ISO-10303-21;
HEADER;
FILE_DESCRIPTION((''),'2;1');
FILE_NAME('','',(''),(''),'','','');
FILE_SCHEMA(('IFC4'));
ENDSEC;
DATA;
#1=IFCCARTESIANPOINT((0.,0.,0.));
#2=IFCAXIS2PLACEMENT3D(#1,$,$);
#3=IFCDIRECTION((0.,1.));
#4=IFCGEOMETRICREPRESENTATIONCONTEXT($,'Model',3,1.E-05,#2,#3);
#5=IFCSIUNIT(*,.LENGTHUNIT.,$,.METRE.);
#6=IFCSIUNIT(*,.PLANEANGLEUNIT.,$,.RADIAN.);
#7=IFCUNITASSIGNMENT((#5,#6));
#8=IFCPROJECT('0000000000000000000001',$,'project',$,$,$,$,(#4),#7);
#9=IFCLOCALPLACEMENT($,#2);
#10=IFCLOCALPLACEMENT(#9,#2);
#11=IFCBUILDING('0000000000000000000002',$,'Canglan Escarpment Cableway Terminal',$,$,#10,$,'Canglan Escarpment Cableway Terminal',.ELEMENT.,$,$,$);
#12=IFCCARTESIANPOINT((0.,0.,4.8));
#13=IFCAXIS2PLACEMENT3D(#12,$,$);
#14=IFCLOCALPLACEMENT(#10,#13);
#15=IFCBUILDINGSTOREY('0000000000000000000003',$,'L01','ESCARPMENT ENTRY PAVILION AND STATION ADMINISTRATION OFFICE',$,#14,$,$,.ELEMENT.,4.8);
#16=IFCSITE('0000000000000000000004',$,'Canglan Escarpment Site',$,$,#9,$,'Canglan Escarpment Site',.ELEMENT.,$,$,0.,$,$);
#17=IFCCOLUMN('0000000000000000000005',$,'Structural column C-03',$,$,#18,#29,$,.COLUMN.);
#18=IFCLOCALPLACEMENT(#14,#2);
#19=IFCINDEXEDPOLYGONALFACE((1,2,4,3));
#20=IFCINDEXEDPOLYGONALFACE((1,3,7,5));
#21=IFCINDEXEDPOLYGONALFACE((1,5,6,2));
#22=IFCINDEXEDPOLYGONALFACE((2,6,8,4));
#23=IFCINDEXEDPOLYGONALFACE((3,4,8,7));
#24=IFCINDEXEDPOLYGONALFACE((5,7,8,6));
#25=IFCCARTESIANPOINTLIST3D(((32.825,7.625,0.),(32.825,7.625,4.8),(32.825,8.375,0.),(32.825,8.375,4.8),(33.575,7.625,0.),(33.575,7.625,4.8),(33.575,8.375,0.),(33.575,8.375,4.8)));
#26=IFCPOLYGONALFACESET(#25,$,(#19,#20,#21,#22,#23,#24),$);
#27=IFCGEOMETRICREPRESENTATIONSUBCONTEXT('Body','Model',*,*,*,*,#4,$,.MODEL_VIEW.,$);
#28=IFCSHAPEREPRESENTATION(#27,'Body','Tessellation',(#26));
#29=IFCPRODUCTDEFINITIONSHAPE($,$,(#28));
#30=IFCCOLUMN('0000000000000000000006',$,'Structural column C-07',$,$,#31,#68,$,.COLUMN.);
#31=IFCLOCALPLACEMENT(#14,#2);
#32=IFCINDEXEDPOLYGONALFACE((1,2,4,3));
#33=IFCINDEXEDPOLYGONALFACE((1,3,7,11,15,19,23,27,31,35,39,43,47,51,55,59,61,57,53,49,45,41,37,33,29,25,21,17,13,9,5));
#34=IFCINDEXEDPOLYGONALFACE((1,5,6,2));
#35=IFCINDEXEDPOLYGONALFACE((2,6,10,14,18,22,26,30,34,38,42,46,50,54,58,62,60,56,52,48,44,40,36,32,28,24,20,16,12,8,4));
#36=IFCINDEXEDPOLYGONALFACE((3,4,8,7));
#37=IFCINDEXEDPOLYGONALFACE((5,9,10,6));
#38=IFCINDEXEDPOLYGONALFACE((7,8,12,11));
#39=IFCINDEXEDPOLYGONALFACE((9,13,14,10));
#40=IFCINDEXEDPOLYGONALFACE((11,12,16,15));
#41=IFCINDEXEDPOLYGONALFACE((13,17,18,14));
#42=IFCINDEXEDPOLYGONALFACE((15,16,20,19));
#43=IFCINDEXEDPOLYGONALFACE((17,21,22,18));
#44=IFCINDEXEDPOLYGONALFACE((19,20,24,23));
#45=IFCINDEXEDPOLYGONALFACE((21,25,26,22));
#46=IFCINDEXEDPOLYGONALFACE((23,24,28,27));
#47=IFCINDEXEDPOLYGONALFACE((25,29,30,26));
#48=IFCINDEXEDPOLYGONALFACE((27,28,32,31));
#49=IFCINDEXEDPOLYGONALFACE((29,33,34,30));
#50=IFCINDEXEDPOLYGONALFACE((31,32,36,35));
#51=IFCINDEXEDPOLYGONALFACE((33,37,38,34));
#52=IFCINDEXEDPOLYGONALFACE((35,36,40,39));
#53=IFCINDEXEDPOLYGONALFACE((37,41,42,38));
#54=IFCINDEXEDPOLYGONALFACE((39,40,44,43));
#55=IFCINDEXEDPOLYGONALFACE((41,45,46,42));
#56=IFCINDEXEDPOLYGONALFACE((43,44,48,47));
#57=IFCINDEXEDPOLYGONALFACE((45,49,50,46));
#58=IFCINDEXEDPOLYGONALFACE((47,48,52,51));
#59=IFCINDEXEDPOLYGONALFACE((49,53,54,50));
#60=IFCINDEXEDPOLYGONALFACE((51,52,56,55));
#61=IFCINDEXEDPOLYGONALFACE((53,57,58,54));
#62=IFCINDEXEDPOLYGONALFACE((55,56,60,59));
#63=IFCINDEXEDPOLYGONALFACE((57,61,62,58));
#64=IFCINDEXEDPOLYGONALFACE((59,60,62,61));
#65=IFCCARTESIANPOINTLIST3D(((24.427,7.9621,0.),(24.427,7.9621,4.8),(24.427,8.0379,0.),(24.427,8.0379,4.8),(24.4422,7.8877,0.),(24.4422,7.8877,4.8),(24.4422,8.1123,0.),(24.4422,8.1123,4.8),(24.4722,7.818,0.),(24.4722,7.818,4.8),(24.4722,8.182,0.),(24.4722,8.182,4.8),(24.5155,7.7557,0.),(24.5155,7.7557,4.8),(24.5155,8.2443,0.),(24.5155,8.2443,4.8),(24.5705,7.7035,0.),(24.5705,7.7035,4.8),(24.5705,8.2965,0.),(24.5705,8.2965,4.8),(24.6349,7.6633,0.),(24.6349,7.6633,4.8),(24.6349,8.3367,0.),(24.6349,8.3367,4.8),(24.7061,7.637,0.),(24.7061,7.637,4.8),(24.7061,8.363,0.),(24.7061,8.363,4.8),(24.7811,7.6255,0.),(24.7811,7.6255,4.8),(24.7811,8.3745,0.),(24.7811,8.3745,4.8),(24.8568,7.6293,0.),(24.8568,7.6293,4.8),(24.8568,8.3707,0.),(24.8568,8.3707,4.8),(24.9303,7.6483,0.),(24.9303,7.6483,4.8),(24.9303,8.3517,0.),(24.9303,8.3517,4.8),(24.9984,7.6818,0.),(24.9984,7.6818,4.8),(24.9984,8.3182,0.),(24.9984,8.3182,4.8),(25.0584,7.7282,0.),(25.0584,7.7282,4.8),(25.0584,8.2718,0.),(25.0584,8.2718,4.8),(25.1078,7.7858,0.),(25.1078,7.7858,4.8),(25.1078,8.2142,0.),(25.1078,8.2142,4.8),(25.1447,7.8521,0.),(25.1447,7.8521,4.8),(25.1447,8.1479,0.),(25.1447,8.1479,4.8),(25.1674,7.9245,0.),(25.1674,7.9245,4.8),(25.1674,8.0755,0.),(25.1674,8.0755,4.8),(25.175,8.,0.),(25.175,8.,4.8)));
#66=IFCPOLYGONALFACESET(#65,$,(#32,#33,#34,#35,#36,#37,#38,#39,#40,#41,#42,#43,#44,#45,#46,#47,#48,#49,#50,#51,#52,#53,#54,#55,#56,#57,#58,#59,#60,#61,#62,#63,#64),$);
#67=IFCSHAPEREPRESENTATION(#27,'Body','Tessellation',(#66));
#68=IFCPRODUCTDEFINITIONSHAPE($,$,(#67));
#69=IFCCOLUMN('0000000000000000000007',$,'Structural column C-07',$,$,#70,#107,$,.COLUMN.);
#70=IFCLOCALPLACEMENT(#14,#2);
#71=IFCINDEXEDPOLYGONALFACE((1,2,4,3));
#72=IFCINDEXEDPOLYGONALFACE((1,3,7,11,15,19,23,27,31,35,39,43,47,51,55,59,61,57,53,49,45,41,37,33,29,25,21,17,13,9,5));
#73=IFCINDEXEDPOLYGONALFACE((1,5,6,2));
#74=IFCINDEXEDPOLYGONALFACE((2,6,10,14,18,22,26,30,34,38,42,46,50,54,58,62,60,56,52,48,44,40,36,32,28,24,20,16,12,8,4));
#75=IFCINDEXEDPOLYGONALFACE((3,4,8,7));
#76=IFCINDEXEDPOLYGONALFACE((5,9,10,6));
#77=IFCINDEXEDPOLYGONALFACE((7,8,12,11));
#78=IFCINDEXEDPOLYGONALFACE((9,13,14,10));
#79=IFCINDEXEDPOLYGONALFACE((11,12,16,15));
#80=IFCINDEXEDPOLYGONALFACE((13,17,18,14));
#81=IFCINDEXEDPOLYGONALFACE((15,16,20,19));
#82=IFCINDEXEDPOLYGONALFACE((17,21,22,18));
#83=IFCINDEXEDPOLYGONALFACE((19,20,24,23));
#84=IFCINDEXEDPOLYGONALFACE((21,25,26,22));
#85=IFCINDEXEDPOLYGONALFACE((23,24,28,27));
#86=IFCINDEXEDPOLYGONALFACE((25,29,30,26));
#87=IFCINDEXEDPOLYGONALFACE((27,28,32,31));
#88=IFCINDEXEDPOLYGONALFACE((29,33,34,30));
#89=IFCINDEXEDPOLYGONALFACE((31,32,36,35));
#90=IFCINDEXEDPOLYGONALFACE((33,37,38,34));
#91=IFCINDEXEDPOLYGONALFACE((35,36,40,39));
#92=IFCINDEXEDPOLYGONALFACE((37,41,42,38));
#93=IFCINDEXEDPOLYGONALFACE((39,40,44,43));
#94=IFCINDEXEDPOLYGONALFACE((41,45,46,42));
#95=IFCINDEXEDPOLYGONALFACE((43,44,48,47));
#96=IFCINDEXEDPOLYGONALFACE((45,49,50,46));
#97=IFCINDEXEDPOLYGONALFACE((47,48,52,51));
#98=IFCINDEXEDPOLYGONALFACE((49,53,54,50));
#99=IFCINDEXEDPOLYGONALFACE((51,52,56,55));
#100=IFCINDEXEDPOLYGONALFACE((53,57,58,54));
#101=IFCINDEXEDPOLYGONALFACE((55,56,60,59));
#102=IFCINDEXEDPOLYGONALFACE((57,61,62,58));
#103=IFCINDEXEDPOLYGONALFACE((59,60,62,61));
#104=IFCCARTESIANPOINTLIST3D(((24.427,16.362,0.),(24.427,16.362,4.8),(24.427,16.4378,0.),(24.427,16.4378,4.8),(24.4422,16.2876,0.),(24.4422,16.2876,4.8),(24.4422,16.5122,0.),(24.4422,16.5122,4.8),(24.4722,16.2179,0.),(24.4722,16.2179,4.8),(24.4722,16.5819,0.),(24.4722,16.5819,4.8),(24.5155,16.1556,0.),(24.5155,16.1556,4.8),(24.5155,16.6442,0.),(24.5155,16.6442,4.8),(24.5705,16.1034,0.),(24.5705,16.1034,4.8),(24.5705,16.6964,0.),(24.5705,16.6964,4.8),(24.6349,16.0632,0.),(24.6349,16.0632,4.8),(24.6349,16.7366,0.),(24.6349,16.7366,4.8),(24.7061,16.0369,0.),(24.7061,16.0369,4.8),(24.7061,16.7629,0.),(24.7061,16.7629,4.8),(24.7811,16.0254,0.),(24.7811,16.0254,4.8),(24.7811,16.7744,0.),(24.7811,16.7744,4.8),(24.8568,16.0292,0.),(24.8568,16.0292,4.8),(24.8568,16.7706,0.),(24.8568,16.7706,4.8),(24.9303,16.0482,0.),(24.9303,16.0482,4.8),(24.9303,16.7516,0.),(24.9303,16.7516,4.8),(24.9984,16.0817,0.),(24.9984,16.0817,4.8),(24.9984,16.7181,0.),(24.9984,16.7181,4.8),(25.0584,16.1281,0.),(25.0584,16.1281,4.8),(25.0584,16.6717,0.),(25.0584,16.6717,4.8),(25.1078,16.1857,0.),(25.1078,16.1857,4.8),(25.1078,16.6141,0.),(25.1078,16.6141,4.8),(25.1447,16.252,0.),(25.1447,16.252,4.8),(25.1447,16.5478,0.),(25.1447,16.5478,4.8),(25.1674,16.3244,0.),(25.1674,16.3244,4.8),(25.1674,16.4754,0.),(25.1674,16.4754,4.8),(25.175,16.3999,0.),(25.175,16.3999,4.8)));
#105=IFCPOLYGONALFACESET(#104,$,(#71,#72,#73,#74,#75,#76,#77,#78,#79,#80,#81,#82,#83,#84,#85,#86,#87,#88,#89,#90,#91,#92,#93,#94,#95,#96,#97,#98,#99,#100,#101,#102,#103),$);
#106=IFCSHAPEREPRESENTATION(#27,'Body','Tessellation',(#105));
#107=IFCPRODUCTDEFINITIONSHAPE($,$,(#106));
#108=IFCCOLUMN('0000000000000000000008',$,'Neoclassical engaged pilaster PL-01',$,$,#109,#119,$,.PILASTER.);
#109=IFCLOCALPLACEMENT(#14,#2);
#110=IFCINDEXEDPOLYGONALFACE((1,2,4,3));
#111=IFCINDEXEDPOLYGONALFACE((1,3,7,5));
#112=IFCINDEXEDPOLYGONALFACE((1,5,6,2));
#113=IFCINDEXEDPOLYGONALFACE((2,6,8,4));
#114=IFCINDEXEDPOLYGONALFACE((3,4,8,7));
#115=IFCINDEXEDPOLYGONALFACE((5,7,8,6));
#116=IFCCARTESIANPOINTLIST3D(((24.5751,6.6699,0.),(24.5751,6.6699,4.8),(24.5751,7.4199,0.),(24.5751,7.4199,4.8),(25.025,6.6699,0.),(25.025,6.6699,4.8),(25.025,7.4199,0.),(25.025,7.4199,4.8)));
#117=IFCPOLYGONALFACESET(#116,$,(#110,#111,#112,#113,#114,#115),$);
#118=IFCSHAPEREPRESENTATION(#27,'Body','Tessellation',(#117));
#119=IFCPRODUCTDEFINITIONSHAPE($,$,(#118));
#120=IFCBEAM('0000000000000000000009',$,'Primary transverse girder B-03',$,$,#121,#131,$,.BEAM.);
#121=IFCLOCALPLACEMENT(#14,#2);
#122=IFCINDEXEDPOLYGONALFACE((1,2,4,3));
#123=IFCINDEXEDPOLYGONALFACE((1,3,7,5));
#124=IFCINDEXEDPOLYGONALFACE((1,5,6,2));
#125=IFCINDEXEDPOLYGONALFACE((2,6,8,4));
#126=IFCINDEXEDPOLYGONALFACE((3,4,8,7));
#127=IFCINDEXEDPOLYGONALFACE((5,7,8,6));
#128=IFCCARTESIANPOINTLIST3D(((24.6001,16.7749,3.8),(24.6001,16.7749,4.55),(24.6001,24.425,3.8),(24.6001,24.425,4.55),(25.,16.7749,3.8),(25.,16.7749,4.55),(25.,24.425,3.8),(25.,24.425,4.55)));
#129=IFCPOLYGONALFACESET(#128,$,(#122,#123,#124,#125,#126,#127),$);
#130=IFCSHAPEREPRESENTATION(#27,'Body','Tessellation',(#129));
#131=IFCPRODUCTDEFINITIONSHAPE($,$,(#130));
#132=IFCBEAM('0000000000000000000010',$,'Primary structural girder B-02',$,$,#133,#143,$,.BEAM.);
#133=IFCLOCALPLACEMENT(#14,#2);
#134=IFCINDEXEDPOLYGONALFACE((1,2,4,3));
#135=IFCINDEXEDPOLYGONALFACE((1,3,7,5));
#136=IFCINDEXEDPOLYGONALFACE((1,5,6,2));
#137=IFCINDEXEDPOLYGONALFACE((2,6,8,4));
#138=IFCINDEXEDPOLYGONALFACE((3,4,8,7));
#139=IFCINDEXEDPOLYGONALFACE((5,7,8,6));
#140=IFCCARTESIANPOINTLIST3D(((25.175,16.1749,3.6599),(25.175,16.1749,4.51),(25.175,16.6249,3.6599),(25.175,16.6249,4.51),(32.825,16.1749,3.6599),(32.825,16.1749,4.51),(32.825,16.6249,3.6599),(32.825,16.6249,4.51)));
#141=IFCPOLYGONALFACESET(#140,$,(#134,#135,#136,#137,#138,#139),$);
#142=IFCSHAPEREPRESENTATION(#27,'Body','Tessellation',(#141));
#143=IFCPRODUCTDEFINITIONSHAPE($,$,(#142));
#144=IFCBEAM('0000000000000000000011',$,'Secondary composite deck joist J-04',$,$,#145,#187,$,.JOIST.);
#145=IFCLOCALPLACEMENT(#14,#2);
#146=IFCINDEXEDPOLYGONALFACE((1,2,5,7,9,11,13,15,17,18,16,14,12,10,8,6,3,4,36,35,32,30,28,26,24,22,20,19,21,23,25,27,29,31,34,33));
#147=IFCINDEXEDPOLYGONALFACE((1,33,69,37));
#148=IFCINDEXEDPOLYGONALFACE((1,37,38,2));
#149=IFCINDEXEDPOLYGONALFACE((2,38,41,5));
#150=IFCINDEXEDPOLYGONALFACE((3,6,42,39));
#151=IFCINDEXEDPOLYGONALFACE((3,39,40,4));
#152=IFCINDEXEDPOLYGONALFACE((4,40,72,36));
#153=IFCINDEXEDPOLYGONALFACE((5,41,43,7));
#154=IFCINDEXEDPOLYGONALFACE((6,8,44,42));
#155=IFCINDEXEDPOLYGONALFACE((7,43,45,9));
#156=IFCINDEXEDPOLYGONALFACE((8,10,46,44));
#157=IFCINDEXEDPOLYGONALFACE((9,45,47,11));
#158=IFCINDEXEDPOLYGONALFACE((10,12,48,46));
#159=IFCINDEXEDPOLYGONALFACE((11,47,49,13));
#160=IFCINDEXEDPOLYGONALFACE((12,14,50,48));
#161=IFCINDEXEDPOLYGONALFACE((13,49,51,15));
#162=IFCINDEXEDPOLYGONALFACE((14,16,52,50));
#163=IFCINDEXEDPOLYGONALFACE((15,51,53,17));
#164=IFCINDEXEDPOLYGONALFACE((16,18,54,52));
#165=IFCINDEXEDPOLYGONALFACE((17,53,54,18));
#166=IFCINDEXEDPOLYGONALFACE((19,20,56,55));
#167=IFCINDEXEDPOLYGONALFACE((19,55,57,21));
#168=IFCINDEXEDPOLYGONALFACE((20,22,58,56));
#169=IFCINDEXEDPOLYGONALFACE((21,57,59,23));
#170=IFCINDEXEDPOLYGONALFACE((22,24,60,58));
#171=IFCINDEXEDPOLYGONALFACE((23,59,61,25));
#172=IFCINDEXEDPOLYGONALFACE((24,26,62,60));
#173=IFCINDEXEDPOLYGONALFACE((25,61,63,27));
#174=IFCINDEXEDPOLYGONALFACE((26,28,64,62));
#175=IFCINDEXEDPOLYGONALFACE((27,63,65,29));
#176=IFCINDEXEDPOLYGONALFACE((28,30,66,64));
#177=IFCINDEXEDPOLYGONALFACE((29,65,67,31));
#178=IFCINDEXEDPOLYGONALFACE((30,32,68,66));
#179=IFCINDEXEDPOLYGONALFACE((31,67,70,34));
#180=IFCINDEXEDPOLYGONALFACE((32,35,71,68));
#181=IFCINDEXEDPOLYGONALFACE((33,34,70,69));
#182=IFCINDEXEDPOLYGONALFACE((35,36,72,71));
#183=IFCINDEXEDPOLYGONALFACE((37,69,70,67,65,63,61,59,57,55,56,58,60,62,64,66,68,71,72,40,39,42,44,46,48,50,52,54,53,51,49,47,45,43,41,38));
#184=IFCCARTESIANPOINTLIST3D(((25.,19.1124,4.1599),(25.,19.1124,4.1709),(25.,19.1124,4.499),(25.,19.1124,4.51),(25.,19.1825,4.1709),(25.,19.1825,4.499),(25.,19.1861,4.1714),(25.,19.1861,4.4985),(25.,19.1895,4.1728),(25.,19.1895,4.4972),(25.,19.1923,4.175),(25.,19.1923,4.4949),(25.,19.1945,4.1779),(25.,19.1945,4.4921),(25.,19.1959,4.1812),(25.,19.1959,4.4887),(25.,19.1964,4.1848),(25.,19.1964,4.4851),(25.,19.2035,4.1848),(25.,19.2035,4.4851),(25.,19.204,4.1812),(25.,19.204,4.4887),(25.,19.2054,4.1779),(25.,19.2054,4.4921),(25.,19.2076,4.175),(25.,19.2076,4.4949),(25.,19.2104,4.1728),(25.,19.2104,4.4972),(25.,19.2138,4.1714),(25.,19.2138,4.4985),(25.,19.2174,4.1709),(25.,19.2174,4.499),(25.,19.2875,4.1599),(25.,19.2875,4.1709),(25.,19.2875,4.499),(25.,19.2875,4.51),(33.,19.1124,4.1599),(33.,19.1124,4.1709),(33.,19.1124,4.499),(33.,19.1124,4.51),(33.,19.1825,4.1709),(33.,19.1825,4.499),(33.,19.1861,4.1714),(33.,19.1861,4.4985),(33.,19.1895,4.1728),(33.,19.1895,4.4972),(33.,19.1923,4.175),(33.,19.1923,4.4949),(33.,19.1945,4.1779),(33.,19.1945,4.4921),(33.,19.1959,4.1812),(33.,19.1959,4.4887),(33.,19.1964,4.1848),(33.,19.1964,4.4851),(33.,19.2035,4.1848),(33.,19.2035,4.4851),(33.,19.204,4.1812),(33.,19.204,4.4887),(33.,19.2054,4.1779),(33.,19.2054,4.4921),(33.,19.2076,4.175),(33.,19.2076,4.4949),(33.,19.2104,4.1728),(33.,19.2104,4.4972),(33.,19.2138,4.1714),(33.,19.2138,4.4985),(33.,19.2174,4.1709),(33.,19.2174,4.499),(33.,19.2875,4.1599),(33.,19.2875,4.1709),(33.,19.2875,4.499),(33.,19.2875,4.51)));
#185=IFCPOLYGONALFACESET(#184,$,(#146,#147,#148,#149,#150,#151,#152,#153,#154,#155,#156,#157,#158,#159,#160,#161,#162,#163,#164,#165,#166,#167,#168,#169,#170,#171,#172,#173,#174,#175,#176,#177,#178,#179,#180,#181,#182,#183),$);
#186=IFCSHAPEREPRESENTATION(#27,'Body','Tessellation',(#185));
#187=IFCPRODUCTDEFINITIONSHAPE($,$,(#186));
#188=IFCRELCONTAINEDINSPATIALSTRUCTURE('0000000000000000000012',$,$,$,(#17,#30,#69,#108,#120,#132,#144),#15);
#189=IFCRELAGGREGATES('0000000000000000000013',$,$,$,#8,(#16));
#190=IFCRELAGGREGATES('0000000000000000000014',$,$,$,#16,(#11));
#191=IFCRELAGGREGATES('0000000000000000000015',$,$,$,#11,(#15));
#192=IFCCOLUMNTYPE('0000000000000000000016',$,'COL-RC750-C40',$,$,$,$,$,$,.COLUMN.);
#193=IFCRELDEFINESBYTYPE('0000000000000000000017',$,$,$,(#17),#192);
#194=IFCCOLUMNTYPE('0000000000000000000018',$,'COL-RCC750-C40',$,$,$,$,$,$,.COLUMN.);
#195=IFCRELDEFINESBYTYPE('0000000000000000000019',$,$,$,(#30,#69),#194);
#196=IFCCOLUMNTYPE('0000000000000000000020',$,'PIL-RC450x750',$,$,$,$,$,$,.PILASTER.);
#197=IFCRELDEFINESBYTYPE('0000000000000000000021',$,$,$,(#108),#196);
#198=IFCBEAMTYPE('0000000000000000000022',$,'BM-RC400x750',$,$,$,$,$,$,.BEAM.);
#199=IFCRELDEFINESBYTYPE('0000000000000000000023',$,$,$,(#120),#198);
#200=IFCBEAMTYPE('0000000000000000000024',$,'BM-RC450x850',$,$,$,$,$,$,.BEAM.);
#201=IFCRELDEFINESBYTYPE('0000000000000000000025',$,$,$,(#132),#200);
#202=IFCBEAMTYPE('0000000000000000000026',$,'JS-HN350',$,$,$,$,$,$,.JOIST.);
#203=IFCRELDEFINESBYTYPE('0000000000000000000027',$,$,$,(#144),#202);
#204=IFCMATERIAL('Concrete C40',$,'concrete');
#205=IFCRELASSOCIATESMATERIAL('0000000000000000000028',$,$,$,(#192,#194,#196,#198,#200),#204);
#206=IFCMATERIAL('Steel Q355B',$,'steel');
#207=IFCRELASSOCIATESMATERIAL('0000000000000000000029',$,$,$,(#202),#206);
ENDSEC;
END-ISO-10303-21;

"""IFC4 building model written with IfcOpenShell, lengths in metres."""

from ifc_helpers import new_model, si_unit, direction, frame, origin, origin_2d, place, context, subcontext, project, spatial, rectangle, circle, i_section, extrude, material, material_profile, profile_set, type_object, element, save


model = new_model("IFC4")

# Units and contexts
model_context = context("Model", 3, precision=1e-05, world=origin(), true_north=direction((0.0, 1.0)))
body_context = subcontext(model_context, "Body", "Model", "MODEL_VIEW")
ifc_project = project(units=[si_unit("LENGTHUNIT", "METRE"), si_unit("PLANEANGLEUNIT", "RADIAN")], contexts=[model_context])

# Site, building, storey
site_placement = place(None, origin())
site = spatial("IfcSite", under=ifc_project, at=site_placement, Name="Canglan Escarpment Site", LongName="Canglan Escarpment Site", CompositionType="ELEMENT", RefElevation=0.0)
building_placement = place(site_placement, origin())
building = spatial("IfcBuilding", under=site, at=building_placement, Name="Canglan Escarpment Cableway Terminal", LongName="Canglan Escarpment Cableway Terminal", CompositionType="ELEMENT")
storey_placement = place(building_placement, frame((0.0, 0.0, 4.8)))
storey = spatial("IfcBuildingStorey", under=building, at=storey_placement, Name="L01", Description="ESCARPMENT ENTRY PAVILION AND STATION ADMINISTRATION OFFICE", CompositionType="ELEMENT", Elevation=4.8)

# Columns
ifc_material_1 = material(Name="Concrete C40", Category="concrete")
ifc_material_profile_1 = material_profile(ifc_material_1, rectangle(XDim=0.75, YDim=0.75, at=origin_2d()), Name="RC 750x750")
ifc_profile_set_1 = profile_set([ifc_material_profile_1], Name="Concrete C40")
column_type_1 = type_object("IfcColumnType", Name="COL-RC750-C40", PredefinedType="COLUMN", material=ifc_profile_set_1)
column_1_placement = place(storey_placement, frame((33.2, 8.0, 0.0), z_axis=(0.0, 0.0, 1.0), x_axis=(1.0, 0.0, 0.0)))
element("IfcColumn", 1, at=column_1_placement, inside=storey, type_object=column_type_1, Name="Structural column C-03", PredefinedType="COLUMN", context=body_context, shape_type="SweptSolid", body=[
    extrude(rectangle(XDim=0.75, YDim=0.75, at=origin_2d()), origin(), (0.0, 0.0, 1.0), 4.8),
])
ifc_material_profile_2 = material_profile(ifc_material_1, circle(Radius=0.375, at=origin_2d()), Name="RC-CIRC D750")
ifc_profile_set_2 = profile_set([ifc_material_profile_2], Name="Concrete C40")
column_type_2 = type_object("IfcColumnType", Name="COL-RCC750-C40", PredefinedType="COLUMN", material=ifc_profile_set_2)
for number, where, z_axis, x_axis, name in (
    (2, (24.8, 8.0, 0.0), (0.0, 0.0, 1.0), (1.0, 0.0, 0.0), "Structural column C-07"),
    (3, (24.8, 16.3999, 0.0), (0.0, 0.0, 1.0), (1.0, 0.0, 0.0), "Structural column C-07"),
):
    element("IfcColumn", number, at=place(storey_placement, frame(where, z_axis=z_axis, x_axis=x_axis)), inside=storey, type_object=column_type_2, Name=name, PredefinedType="COLUMN", context=body_context, shape_type="SweptSolid", body=[
        extrude(circle(Radius=0.375, at=origin_2d()), origin(), (0.0, 0.0, 1.0), 4.8),
    ])
ifc_material_profile_3 = material_profile(ifc_material_1, rectangle(XDim=0.45, YDim=0.75, at=origin_2d()), Name="RC-PIL 450x750")
ifc_profile_set_3 = profile_set([ifc_material_profile_3], Name="Concrete C40")
column_type_3 = type_object("IfcColumnType", Name="PIL-RC450x750", PredefinedType="PILASTER", material=ifc_profile_set_3)
column_2_placement = place(storey_placement, frame((24.8, 7.0449, 0.0), z_axis=(0.0, 0.0, 1.0), x_axis=(1.0, 0.0, 0.0)))
element("IfcColumn", 4, at=column_2_placement, inside=storey, type_object=column_type_3, Name="Neoclassical engaged pilaster PL-01", PredefinedType="PILASTER", context=body_context, shape_type="SweptSolid", body=[
    extrude(rectangle(XDim=0.45, YDim=0.75, at=origin_2d()), origin(), (0.0, 0.0, 1.0), 4.8),
])

# Beams
ifc_material_profile_4 = material_profile(ifc_material_1, rectangle(XDim=0.3999, YDim=0.75, at=origin_2d()), Name="RC 400x750")
ifc_profile_set_4 = profile_set([ifc_material_profile_4], Name="Concrete C40")
beam_type_1 = type_object("IfcBeamType", Name="BM-RC400x750", PredefinedType="BEAM", material=ifc_profile_set_4)
beam_1_placement = place(storey_placement, frame((24.8, 16.7749, 4.175), z_axis=(0.0, 1.0, 0.0), x_axis=(-1.0, 0.0, 0.0)))
element("IfcBeam", 5, at=beam_1_placement, inside=storey, type_object=beam_type_1, Name="Primary transverse girder B-03", PredefinedType="BEAM", context=body_context, shape_type="SweptSolid", body=[
    extrude(rectangle(XDim=0.3999, YDim=0.75, at=origin_2d()), origin(), (0.0, 0.0, 1.0), 7.6501),
])
ifc_material_profile_5 = material_profile(ifc_material_1, rectangle(XDim=0.45, YDim=0.8501, at=origin_2d()), Name="RC 450x850")
ifc_profile_set_5 = profile_set([ifc_material_profile_5], Name="Concrete C40")
beam_type_2 = type_object("IfcBeamType", Name="BM-RC450x850", PredefinedType="BEAM", material=ifc_profile_set_5)
beam_2_placement = place(storey_placement, frame((25.175, 16.3999, 4.085), z_axis=(1.0, 0.0, 0.0), x_axis=(0.0, 1.0, 0.0)))
element("IfcBeam", 6, at=beam_2_placement, inside=storey, type_object=beam_type_2, Name="Primary structural girder B-02", PredefinedType="BEAM", context=body_context, shape_type="SweptSolid", body=[
    extrude(rectangle(XDim=0.45, YDim=0.8501, at=origin_2d()), origin(), (0.0, 0.0, 1.0), 7.6499),
])
ifc_material_2 = material(Name="Steel Q355B", Category="steel")
ifc_material_profile_6 = material_profile(ifc_material_2, i_section(OverallWidth=0.175, OverallDepth=0.3501, WebThickness=0.0071, FlangeThickness=0.011, FilletRadius=0.0139, at=origin_2d()), Name="HN 350x175x7x11")
ifc_profile_set_6 = profile_set([ifc_material_profile_6], Name="Steel Q355B")
beam_type_3 = type_object("IfcBeamType", Name="JS-HN350", PredefinedType="JOIST", material=ifc_profile_set_6)
beam_3_placement = place(storey_placement, frame((25.0, 19.2, 4.335), z_axis=(1.0, 0.0, 0.0), x_axis=(0.0, 1.0, 0.0)))
element("IfcBeam", 7, at=beam_3_placement, inside=storey, type_object=beam_type_3, Name="Secondary composite deck joist J-04", PredefinedType="JOIST", context=body_context, shape_type="SweptSolid", body=[
    extrude(i_section(OverallWidth=0.175, OverallDepth=0.3501, WebThickness=0.0071, FlangeThickness=0.011, FilletRadius=0.0139, at=origin_2d()), origin(), (0.0, 0.0, 1.0), 8.0),
])

save(model, "model.ifc")
